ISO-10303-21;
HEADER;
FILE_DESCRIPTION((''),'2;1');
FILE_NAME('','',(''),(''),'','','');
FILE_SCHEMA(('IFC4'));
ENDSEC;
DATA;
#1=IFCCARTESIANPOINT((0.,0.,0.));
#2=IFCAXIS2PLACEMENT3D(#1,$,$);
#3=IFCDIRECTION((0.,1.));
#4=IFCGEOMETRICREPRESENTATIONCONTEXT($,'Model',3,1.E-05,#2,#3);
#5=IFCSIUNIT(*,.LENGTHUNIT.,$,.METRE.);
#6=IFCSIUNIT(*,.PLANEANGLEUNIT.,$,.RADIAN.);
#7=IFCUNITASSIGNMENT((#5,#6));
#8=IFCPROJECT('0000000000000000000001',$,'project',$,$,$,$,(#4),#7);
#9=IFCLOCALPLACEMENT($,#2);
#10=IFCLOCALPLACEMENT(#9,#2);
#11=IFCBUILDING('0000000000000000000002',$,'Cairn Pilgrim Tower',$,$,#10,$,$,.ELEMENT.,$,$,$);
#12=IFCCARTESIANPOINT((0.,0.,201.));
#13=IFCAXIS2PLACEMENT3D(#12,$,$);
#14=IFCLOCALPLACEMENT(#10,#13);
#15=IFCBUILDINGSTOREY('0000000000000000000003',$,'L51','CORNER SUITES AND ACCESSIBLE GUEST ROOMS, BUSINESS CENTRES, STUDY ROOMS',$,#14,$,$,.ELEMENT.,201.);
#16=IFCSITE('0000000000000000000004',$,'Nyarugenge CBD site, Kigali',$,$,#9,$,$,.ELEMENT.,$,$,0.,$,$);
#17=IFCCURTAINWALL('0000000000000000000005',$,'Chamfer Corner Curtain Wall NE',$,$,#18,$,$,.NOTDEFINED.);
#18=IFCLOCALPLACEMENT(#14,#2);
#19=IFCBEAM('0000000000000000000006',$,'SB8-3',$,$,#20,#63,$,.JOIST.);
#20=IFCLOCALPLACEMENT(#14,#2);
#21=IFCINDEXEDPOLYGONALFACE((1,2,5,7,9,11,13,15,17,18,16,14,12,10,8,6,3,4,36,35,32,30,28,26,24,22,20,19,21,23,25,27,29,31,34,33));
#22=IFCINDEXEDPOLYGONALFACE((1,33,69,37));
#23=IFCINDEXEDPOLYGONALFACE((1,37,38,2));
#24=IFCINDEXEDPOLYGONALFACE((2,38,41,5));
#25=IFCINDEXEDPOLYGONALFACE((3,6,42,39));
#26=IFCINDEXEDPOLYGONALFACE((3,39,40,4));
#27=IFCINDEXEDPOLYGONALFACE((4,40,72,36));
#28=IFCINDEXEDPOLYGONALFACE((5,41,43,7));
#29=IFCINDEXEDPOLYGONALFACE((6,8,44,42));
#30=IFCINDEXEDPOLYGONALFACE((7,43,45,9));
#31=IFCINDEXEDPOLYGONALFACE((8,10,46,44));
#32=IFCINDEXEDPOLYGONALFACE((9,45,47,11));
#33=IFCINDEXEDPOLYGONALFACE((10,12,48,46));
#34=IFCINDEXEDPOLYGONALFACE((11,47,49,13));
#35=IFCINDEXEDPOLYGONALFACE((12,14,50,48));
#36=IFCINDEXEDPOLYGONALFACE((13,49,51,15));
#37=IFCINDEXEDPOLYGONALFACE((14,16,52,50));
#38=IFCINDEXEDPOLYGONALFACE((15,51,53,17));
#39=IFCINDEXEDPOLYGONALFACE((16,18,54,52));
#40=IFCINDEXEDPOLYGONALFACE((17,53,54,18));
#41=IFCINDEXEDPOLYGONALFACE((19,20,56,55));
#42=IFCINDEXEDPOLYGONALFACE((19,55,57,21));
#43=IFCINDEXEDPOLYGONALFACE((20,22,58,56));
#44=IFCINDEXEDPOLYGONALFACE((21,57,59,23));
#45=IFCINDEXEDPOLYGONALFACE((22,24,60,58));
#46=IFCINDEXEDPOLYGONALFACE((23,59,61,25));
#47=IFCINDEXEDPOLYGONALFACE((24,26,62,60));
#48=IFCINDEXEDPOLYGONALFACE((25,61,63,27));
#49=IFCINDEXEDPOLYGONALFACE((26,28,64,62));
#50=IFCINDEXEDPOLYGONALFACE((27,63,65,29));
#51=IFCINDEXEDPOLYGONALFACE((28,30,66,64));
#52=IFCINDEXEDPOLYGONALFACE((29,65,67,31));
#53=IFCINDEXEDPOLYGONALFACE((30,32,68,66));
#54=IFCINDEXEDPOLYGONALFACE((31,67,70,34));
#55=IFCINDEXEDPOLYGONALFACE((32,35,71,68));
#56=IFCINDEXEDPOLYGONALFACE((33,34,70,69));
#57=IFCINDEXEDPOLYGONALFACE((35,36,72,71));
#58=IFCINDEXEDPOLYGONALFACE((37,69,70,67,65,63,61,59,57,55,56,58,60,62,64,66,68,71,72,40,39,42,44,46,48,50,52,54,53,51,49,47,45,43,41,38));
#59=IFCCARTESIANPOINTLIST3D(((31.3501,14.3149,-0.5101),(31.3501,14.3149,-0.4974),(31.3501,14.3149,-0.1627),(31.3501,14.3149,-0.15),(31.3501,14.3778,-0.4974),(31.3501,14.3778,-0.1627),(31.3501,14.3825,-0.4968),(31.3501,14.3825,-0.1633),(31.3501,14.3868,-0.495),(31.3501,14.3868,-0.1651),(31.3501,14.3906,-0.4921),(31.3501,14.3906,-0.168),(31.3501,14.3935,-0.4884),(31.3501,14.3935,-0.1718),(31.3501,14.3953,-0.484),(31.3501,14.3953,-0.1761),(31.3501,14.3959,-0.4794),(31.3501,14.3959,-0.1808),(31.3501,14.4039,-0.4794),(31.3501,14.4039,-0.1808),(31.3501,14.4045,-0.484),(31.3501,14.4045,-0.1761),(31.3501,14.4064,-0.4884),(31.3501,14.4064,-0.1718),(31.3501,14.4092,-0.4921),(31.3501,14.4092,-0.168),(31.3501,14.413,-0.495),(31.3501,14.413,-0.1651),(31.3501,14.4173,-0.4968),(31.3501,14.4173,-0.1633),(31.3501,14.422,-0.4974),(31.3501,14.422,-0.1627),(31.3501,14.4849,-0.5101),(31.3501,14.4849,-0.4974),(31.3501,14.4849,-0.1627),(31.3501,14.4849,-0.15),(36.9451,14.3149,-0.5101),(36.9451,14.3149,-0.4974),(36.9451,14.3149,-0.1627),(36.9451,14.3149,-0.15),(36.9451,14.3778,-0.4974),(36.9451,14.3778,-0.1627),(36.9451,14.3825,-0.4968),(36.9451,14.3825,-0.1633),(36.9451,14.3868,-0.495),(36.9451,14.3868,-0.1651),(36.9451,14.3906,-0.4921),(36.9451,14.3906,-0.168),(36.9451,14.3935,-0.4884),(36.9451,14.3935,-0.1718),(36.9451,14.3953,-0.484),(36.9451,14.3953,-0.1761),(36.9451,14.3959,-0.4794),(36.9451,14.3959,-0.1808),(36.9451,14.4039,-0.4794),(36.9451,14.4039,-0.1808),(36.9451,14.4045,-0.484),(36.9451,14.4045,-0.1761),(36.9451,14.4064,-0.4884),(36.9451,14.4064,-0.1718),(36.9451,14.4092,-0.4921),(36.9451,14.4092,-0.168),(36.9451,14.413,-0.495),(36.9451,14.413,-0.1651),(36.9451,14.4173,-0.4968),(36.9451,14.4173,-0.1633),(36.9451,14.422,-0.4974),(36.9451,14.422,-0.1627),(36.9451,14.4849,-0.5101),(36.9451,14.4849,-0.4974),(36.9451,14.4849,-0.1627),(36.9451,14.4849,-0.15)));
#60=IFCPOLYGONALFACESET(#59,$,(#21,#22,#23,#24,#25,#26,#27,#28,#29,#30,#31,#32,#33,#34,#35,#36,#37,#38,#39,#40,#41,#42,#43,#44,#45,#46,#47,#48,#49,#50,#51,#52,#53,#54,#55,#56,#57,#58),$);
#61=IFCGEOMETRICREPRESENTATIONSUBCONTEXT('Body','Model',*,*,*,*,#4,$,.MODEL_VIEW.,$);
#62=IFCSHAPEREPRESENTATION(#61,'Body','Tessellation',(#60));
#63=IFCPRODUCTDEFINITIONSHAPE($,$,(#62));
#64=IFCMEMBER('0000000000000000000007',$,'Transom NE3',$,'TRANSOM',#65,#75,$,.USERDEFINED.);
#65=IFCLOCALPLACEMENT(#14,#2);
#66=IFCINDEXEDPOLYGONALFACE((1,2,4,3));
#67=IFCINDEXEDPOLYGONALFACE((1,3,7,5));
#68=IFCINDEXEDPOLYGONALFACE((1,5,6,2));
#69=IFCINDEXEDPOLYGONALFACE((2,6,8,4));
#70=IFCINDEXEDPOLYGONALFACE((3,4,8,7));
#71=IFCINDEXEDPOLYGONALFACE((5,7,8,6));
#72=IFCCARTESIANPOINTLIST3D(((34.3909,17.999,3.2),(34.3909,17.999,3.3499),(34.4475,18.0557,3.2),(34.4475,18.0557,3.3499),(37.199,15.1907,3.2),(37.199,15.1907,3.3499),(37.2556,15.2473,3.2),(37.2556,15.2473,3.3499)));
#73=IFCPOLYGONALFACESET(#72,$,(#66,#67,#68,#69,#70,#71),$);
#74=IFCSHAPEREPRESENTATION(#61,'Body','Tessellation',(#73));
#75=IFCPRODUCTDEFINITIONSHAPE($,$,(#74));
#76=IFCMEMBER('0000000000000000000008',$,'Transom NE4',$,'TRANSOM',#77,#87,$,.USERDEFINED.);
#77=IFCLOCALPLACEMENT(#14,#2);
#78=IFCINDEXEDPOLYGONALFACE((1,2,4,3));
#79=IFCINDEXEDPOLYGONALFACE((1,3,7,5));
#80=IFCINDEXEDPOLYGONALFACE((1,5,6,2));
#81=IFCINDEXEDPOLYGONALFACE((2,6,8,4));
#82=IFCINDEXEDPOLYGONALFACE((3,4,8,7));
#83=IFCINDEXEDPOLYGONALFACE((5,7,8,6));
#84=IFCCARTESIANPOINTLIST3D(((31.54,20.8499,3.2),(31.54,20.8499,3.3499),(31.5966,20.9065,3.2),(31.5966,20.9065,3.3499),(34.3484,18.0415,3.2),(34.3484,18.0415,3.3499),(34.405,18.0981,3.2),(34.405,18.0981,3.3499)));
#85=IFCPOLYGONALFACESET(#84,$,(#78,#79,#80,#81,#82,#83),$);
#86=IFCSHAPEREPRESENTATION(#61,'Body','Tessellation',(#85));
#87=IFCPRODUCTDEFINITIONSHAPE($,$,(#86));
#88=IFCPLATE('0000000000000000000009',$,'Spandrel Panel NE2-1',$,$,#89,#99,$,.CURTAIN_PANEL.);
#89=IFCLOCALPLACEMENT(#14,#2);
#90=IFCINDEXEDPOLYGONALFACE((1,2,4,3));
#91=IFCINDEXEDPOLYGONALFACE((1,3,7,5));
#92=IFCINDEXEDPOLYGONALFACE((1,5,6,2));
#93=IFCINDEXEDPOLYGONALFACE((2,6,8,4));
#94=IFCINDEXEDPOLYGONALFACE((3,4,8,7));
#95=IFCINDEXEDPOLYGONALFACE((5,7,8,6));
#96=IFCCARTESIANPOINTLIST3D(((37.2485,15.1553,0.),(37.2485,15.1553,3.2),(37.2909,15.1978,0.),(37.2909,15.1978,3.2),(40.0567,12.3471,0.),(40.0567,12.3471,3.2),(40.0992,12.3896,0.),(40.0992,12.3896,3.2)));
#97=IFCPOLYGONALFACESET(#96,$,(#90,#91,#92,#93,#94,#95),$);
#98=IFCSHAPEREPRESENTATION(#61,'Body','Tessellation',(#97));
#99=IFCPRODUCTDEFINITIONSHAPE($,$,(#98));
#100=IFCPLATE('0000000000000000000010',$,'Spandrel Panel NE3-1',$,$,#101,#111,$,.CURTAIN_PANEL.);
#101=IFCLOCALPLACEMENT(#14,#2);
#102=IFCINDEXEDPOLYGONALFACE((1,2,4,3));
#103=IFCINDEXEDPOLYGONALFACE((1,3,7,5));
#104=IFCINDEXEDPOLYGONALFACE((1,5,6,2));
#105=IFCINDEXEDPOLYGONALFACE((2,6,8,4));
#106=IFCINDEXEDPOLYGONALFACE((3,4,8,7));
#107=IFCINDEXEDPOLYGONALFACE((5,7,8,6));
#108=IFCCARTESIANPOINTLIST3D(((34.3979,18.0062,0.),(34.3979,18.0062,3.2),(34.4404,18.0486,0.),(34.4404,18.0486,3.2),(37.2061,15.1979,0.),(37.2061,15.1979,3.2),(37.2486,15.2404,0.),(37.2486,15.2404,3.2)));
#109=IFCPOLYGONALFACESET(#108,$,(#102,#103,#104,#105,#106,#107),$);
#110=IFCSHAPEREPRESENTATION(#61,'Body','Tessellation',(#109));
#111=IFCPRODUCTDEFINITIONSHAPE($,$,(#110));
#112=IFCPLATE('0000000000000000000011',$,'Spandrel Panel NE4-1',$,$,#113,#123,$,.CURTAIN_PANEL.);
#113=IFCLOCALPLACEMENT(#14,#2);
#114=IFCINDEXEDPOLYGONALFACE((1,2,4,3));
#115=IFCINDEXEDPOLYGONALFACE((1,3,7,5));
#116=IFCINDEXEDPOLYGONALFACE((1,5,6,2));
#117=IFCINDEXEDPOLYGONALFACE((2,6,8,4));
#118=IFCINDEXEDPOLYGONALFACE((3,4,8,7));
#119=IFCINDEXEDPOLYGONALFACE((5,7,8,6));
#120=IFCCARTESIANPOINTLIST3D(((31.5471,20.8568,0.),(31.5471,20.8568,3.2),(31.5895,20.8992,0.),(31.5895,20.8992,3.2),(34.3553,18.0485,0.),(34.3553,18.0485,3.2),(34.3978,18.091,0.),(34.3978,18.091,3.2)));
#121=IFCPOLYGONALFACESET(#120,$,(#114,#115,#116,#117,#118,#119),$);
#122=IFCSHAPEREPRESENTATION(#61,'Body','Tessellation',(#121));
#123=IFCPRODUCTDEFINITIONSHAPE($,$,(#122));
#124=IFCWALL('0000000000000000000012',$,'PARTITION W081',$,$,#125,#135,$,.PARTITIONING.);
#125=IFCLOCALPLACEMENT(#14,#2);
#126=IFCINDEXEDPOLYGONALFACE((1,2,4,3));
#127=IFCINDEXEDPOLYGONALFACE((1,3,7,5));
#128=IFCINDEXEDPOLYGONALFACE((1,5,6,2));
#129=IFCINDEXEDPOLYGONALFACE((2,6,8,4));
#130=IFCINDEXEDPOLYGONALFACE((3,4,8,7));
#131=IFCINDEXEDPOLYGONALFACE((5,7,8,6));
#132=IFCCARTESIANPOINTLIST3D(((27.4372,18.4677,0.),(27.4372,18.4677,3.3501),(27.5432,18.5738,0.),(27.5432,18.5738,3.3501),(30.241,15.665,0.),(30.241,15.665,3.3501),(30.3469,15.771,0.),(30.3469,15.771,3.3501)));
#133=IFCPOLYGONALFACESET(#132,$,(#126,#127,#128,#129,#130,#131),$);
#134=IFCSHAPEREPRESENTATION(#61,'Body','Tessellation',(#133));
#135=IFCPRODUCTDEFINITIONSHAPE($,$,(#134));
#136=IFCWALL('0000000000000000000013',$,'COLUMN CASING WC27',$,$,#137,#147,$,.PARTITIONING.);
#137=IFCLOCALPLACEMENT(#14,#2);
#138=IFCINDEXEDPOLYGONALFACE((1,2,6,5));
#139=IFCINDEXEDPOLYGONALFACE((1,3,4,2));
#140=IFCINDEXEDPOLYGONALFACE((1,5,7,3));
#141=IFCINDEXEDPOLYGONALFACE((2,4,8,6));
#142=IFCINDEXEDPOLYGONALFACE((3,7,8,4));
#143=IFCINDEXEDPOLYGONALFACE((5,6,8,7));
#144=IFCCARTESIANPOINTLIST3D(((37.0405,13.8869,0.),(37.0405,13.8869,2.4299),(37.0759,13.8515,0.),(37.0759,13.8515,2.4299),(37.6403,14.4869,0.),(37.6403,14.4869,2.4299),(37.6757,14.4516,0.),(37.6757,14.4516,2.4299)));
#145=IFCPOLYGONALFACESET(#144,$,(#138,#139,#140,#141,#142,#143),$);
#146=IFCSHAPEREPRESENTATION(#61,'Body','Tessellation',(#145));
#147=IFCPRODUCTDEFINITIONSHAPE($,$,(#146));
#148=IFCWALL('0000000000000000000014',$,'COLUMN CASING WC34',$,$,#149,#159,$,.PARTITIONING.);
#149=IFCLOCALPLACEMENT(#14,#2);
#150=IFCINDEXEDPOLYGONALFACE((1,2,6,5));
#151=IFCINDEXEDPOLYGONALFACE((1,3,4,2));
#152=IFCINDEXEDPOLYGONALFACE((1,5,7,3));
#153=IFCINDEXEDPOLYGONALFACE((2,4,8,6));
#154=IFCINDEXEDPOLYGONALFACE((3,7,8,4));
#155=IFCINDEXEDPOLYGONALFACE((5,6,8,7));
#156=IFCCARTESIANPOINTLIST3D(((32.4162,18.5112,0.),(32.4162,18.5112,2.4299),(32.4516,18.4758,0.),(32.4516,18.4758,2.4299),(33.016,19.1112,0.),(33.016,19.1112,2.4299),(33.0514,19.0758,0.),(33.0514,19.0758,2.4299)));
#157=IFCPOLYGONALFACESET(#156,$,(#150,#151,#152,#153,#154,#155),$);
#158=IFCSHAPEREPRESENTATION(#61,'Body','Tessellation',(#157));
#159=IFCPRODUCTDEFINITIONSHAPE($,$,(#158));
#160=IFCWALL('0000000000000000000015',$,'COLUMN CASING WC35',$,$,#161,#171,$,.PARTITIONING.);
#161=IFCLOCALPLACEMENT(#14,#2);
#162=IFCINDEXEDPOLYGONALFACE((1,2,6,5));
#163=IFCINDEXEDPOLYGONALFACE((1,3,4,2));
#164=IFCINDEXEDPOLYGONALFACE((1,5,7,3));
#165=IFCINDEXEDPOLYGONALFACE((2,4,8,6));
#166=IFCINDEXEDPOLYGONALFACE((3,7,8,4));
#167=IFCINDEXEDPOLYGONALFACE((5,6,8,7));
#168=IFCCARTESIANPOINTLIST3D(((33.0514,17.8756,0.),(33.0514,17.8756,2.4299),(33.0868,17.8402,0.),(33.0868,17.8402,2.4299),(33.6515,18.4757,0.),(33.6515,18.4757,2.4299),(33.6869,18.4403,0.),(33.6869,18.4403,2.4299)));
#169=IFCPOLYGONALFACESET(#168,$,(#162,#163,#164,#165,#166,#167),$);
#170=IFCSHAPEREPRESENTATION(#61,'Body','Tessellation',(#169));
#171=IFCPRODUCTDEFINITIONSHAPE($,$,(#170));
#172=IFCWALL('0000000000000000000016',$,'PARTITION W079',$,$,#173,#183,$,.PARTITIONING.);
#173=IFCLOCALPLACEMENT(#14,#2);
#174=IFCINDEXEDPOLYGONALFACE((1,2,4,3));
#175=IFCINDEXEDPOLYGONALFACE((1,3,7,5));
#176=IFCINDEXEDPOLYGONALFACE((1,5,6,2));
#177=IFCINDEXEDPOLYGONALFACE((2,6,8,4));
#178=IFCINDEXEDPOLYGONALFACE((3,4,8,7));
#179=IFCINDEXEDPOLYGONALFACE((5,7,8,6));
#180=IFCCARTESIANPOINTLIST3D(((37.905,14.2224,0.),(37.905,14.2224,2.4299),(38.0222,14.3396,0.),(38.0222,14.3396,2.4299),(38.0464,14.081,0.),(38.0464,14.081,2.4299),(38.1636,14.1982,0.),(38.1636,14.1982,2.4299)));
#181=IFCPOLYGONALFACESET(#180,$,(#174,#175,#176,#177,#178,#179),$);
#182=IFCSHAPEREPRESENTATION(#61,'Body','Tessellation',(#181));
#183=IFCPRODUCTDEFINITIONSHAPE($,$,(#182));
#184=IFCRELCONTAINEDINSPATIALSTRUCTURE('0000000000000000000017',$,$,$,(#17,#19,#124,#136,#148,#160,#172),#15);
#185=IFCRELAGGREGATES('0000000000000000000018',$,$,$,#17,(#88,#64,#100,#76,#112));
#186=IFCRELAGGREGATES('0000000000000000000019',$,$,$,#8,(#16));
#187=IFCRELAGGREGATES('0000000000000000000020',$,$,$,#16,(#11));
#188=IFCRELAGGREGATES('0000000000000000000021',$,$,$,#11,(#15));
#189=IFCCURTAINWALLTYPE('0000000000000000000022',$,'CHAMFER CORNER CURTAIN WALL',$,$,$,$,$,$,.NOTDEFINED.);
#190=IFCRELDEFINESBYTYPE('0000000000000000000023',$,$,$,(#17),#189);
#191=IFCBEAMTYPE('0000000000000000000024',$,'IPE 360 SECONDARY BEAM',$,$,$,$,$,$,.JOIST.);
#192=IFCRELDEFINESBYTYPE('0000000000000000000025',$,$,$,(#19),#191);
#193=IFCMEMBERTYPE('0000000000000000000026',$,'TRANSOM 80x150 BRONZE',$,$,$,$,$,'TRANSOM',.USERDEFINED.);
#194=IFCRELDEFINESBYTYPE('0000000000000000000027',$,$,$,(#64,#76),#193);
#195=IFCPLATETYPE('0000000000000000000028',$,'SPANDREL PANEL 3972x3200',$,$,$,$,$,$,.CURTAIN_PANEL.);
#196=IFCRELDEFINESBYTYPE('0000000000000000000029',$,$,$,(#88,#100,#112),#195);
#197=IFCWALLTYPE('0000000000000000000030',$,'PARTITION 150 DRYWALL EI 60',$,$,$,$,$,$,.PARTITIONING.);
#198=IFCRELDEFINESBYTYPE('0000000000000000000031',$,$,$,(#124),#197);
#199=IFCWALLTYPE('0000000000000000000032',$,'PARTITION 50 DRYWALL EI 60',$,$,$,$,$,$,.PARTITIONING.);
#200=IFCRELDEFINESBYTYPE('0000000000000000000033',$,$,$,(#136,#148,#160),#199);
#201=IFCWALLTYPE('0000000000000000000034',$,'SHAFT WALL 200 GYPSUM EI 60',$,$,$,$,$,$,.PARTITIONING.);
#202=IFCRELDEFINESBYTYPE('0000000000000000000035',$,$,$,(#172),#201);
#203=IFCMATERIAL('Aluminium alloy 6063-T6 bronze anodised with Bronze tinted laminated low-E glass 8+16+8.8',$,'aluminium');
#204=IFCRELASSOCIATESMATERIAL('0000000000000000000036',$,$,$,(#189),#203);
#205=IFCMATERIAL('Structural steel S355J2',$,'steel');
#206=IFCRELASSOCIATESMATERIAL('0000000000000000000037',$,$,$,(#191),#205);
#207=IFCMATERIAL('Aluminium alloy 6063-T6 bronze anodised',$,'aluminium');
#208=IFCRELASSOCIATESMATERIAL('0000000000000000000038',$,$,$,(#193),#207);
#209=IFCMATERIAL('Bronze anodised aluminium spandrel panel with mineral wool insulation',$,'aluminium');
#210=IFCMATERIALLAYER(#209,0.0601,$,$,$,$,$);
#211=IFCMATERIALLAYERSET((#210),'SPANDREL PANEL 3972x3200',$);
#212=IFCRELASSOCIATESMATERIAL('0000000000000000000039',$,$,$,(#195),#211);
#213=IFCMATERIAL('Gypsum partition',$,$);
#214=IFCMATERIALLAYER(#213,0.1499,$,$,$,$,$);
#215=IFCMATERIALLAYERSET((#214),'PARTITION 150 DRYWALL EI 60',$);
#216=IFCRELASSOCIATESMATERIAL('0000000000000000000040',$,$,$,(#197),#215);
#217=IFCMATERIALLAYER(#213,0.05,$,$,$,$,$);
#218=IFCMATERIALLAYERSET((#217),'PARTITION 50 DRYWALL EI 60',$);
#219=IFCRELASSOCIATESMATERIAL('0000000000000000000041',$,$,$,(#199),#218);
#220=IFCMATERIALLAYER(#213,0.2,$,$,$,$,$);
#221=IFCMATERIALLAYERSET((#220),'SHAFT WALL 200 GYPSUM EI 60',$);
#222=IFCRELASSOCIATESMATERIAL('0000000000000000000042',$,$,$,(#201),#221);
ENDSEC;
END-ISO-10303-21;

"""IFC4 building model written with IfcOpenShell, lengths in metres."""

from ifc_helpers import new_model, si_unit, direction, frame, frame_2d, origin, origin_2d, place, context, subcontext, project, spatial, rectangle, i_section, extrude, material, layer, layer_set, material_profile, profile_set, type_object, element, aggregate, save


model = new_model("IFC4")

# Units and contexts
model_context = context("Model", 3, precision=1e-05, world=origin(), true_north=direction((0.0, 1.0)))
body_context = subcontext(model_context, "Body", "Model", "MODEL_VIEW")
ifc_project = project(units=[si_unit("LENGTHUNIT", "METRE"), si_unit("PLANEANGLEUNIT", "RADIAN")], contexts=[model_context])

# Site, building, storey
site_placement = place(None, origin())
site = spatial("IfcSite", under=ifc_project, at=site_placement, Name="Nyarugenge CBD site, Kigali", CompositionType="ELEMENT", RefElevation=0.0)
building_placement = place(site_placement, origin())
building = spatial("IfcBuilding", under=site, at=building_placement, Name="Cairn Pilgrim Tower", CompositionType="ELEMENT")
storey_placement = place(building_placement, frame((0.0, 0.0, 201.0)))
storey = spatial("IfcBuildingStorey", under=building, at=storey_placement, Name="L51", Description="CORNER SUITES AND ACCESSIBLE GUEST ROOMS, BUSINESS CENTRES, STUDY ROOMS", CompositionType="ELEMENT", Elevation=201.0)

# Shared definitions
ifc_material_1 = material(Name="Structural steel S355J2", Category="steel")

# Curtain wall
ifc_material_2 = material(Name="Aluminium alloy 6063-T6 bronze anodised with Bronze tinted laminated low-E glass 8+16+8.8", Category="aluminium")
curtain_wall_type_1 = type_object("IfcCurtainWallType", Name="CHAMFER CORNER CURTAIN WALL", PredefinedType="NOTDEFINED", material=ifc_material_2)
curtain_wall_1_placement = place(storey_placement, origin())
curtain_wall_1 = element("IfcCurtainWall", 1, at=curtain_wall_1_placement, inside=storey, type_object=curtain_wall_type_1, Name="Chamfer Corner Curtain Wall NE", PredefinedType="NOTDEFINED")
ifc_material_3 = material(Name="Aluminium alloy 6063-T6 bronze anodised", Category="aluminium")

# Beam
ifc_material_profile_1 = material_profile(ifc_material_1, i_section(OverallWidth=0.1699, OverallDepth=0.3601, WebThickness=0.0081, FlangeThickness=0.0127, FilletRadius=0.0181, at=origin_2d()), Name="IPE 360")
ifc_profile_set_1 = profile_set([ifc_material_profile_1], Name="Structural steel S355J2")
beam_type_1 = type_object("IfcBeamType", Name="IPE 360 SECONDARY BEAM", PredefinedType="JOIST", material=ifc_profile_set_1)
beam_1_placement = place(storey_placement, frame((31.3501, 14.3999, -0.3301), z_axis=(1.0, 0.0, 0.0), x_axis=(0.0, 1.0, 0.0)))
element("IfcBeam", 2, at=beam_1_placement, inside=storey, type_object=beam_type_1, Name="SB8-3", PredefinedType="JOIST", context=body_context, shape_type="SweptSolid", body=[
    extrude(i_section(OverallWidth=0.1699, OverallDepth=0.3601, WebThickness=0.0081, FlangeThickness=0.0127, FilletRadius=0.0181, at=origin_2d()), origin(), (0.0, 0.0, 1.0), 5.595),
])

# Members
ifc_material_profile_2 = material_profile(ifc_material_3, rectangle(XDim=0.0801, YDim=0.1499, at=origin_2d()), Name="TRANSOM 80x150 BRONZE")
ifc_profile_set_2 = profile_set([ifc_material_profile_2], Name="Aluminium alloy 6063-T6 bronze anodised")
member_type_1 = type_object("IfcMemberType", Name="TRANSOM 80x150 BRONZE", ElementType="TRANSOM", PredefinedType="USERDEFINED", material=ifc_profile_set_2)
member_1_placement = place(storey_placement, frame((37.2273, 15.219, 3.2749), z_axis=(-0.707076, 0.707138, 0.0), x_axis=(-0.707138, -0.707076, 0.0)))
member_1 = element("IfcMember", 3, at=member_1_placement, type_object=member_type_1, Name="Transom NE3", ObjectType="TRANSOM", PredefinedType="USERDEFINED", context=body_context, shape_type="SweptSolid", body=[
    extrude(rectangle(XDim=0.0801, YDim=0.1499, at=origin_2d()), origin(), (0.0, 0.0, 1.0), 3.9714),
])
member_2_placement = place(storey_placement, frame((34.3767, 18.0698, 3.2749), z_axis=(-0.707107, 0.707107, 0.0), x_axis=(-0.707107, -0.707107, 0.0)))
member_2 = element("IfcMember", 4, at=member_2_placement, type_object=member_type_1, Name="Transom NE4", ObjectType="TRANSOM", PredefinedType="USERDEFINED", context=body_context, shape_type="SweptSolid", body=[
    extrude(rectangle(XDim=0.0801, YDim=0.1499, at=origin_2d()), origin(), (0.0, 0.0, 1.0), 3.9717),
])

# Plates
ifc_material_4 = material(Name="Bronze anodised aluminium spandrel panel with mineral wool insulation", Category="aluminium")
ifc_layer_1 = layer(ifc_material_4, 0.0601)
ifc_layer_set_1 = layer_set([ifc_layer_1], Name="SPANDREL PANEL 3972x3200")
plate_type = type_object("IfcPlateType", Name="SPANDREL PANEL 3972x3200", PredefinedType="CURTAIN_PANEL", material=ifc_layer_set_1)
plate_1_placement = place(storey_placement, frame((38.6738, 13.7725, 0.0), z_axis=(0.0, 0.0, 1.0), x_axis=(-0.707107, 0.707107, 0.0)))
plate_1 = element("IfcPlate", 5, at=plate_1_placement, type_object=plate_type, Name="Spandrel Panel NE2-1", PredefinedType="CURTAIN_PANEL", context=body_context, shape_type="SweptSolid", body=[
    extrude(rectangle(XDim=3.9714, YDim=0.0601, at=origin_2d()), origin(), (0.0, 0.0, 1.0), 3.2),
])
plate_2_placement = place(storey_placement, frame((35.8232, 16.6233, 0.0), z_axis=(0.0, 0.0, 1.0), x_axis=(-0.707107, 0.707107, 0.0)))
plate_2 = element("IfcPlate", 6, at=plate_2_placement, type_object=plate_type, Name="Spandrel Panel NE3-1", PredefinedType="CURTAIN_PANEL", context=body_context, shape_type="SweptSolid", body=[
    extrude(rectangle(XDim=3.9714, YDim=0.0601, at=origin_2d()), origin(), (0.0, 0.0, 1.0), 3.2),
])
plate_3_placement = place(storey_placement, frame((32.9724, 19.4739, 0.0), z_axis=(0.0, 0.0, 1.0), x_axis=(-0.707107, 0.707107, 0.0)))
plate_3 = element("IfcPlate", 7, at=plate_3_placement, type_object=plate_type, Name="Spandrel Panel NE4-1", PredefinedType="CURTAIN_PANEL", context=body_context, shape_type="SweptSolid", body=[
    extrude(rectangle(XDim=3.9714, YDim=0.0601, at=origin_2d()), origin(), (0.0, 0.0, 1.0), 3.2),
])
aggregate(curtain_wall_1, [plate_1, member_1, plate_2, member_2, plate_3])

# Walls
ifc_material_5 = material(Name="Gypsum partition")
ifc_layer_2 = layer(ifc_material_5, 0.1499)
ifc_layer_set_2 = layer_set([ifc_layer_2], Name="PARTITION 150 DRYWALL EI 60")
wall_type_1 = type_object("IfcWallType", Name="PARTITION 150 DRYWALL EI 60", PredefinedType="PARTITIONING", material=ifc_layer_set_2)
wall_1_placement = place(storey_placement, frame((30.2939, 15.718, 0.0), z_axis=(0.0, 0.0, 1.0), x_axis=(-0.70723, 0.706984, 0.0)))
element("IfcWall", 8, at=wall_1_placement, inside=storey, type_object=wall_type_1, Name="PARTITION W081", PredefinedType="PARTITIONING", context=body_context, shape_type="SweptSolid", body=[
    extrude(rectangle(XDim=3.9644, YDim=0.1499, at=frame_2d((1.9822, 0.0))), origin(), (0.0, 0.0, 1.0), 3.3501),
])
ifc_layer_3 = layer(ifc_material_5, 0.05)
ifc_layer_set_3 = layer_set([ifc_layer_3], Name="PARTITION 50 DRYWALL EI 60")
wall_type_2 = type_object("IfcWallType", Name="PARTITION 50 DRYWALL EI 60", PredefinedType="PARTITIONING", material=ifc_layer_set_3)
for number, where, z_axis, x_axis, name in (
    (9, (37.0581, 13.8691, 0.0), (0.0, 0.0, 1.0), (0.706963, 0.707251, 0.0), "COLUMN CASING WC27"),
    (10, (32.4338, 18.4934, 0.0), (0.0, 0.0, 1.0), (0.706963, 0.707251, 0.0), "COLUMN CASING WC34"),
):
    element("IfcWall", number, at=place(storey_placement, frame(where, z_axis=z_axis, x_axis=x_axis)), inside=storey, type_object=wall_type_2, Name=name, PredefinedType="PARTITIONING", context=body_context, shape_type="SweptSolid", body=[
        extrude(rectangle(XDim=0.8484, YDim=0.05, at=frame_2d((0.4243, 0.0))), origin(), (0.0, 0.0, 1.0), 2.4299),
    ])
wall_2_placement = place(storey_placement, frame((33.0691, 17.8579, 0.0), z_axis=(0.0, 0.0, 1.0), x_axis=(0.707107, 0.707107, 0.0)))
element("IfcWall", 11, at=wall_2_placement, inside=storey, type_object=wall_type_2, Name="COLUMN CASING WC35", PredefinedType="PARTITIONING", context=body_context, shape_type="SweptSolid", body=[
    extrude(rectangle(XDim=0.8486, YDim=0.05, at=frame_2d((0.4243, 0.0))), origin(), (0.0, 0.0, 1.0), 2.4299),
])
ifc_layer_4 = layer(ifc_material_5, 0.2)
ifc_layer_set_4 = layer_set([ifc_layer_4], Name="SHAFT WALL 200 GYPSUM EI 60")
wall_type_3 = type_object("IfcWallType", Name="SHAFT WALL 200 GYPSUM EI 60", PredefinedType="PARTITIONING", material=ifc_layer_set_4)
wall_3_placement = place(storey_placement, frame((37.9756, 14.1516, 0.0), z_axis=(0.0, 0.0, 1.0), x_axis=(0.707107, 0.707107, 0.0)))
element("IfcWall", 12, at=wall_3_placement, inside=storey, type_object=wall_type_3, Name="PARTITION W079", PredefinedType="PARTITIONING", context=body_context, shape_type="SweptSolid", body=[
    extrude(rectangle(XDim=0.1658, YDim=0.2, at=frame_2d((0.083, 0.0))), origin(), (0.0, 0.0, 1.0), 2.4299),
])

save(model, "model.ifc")
